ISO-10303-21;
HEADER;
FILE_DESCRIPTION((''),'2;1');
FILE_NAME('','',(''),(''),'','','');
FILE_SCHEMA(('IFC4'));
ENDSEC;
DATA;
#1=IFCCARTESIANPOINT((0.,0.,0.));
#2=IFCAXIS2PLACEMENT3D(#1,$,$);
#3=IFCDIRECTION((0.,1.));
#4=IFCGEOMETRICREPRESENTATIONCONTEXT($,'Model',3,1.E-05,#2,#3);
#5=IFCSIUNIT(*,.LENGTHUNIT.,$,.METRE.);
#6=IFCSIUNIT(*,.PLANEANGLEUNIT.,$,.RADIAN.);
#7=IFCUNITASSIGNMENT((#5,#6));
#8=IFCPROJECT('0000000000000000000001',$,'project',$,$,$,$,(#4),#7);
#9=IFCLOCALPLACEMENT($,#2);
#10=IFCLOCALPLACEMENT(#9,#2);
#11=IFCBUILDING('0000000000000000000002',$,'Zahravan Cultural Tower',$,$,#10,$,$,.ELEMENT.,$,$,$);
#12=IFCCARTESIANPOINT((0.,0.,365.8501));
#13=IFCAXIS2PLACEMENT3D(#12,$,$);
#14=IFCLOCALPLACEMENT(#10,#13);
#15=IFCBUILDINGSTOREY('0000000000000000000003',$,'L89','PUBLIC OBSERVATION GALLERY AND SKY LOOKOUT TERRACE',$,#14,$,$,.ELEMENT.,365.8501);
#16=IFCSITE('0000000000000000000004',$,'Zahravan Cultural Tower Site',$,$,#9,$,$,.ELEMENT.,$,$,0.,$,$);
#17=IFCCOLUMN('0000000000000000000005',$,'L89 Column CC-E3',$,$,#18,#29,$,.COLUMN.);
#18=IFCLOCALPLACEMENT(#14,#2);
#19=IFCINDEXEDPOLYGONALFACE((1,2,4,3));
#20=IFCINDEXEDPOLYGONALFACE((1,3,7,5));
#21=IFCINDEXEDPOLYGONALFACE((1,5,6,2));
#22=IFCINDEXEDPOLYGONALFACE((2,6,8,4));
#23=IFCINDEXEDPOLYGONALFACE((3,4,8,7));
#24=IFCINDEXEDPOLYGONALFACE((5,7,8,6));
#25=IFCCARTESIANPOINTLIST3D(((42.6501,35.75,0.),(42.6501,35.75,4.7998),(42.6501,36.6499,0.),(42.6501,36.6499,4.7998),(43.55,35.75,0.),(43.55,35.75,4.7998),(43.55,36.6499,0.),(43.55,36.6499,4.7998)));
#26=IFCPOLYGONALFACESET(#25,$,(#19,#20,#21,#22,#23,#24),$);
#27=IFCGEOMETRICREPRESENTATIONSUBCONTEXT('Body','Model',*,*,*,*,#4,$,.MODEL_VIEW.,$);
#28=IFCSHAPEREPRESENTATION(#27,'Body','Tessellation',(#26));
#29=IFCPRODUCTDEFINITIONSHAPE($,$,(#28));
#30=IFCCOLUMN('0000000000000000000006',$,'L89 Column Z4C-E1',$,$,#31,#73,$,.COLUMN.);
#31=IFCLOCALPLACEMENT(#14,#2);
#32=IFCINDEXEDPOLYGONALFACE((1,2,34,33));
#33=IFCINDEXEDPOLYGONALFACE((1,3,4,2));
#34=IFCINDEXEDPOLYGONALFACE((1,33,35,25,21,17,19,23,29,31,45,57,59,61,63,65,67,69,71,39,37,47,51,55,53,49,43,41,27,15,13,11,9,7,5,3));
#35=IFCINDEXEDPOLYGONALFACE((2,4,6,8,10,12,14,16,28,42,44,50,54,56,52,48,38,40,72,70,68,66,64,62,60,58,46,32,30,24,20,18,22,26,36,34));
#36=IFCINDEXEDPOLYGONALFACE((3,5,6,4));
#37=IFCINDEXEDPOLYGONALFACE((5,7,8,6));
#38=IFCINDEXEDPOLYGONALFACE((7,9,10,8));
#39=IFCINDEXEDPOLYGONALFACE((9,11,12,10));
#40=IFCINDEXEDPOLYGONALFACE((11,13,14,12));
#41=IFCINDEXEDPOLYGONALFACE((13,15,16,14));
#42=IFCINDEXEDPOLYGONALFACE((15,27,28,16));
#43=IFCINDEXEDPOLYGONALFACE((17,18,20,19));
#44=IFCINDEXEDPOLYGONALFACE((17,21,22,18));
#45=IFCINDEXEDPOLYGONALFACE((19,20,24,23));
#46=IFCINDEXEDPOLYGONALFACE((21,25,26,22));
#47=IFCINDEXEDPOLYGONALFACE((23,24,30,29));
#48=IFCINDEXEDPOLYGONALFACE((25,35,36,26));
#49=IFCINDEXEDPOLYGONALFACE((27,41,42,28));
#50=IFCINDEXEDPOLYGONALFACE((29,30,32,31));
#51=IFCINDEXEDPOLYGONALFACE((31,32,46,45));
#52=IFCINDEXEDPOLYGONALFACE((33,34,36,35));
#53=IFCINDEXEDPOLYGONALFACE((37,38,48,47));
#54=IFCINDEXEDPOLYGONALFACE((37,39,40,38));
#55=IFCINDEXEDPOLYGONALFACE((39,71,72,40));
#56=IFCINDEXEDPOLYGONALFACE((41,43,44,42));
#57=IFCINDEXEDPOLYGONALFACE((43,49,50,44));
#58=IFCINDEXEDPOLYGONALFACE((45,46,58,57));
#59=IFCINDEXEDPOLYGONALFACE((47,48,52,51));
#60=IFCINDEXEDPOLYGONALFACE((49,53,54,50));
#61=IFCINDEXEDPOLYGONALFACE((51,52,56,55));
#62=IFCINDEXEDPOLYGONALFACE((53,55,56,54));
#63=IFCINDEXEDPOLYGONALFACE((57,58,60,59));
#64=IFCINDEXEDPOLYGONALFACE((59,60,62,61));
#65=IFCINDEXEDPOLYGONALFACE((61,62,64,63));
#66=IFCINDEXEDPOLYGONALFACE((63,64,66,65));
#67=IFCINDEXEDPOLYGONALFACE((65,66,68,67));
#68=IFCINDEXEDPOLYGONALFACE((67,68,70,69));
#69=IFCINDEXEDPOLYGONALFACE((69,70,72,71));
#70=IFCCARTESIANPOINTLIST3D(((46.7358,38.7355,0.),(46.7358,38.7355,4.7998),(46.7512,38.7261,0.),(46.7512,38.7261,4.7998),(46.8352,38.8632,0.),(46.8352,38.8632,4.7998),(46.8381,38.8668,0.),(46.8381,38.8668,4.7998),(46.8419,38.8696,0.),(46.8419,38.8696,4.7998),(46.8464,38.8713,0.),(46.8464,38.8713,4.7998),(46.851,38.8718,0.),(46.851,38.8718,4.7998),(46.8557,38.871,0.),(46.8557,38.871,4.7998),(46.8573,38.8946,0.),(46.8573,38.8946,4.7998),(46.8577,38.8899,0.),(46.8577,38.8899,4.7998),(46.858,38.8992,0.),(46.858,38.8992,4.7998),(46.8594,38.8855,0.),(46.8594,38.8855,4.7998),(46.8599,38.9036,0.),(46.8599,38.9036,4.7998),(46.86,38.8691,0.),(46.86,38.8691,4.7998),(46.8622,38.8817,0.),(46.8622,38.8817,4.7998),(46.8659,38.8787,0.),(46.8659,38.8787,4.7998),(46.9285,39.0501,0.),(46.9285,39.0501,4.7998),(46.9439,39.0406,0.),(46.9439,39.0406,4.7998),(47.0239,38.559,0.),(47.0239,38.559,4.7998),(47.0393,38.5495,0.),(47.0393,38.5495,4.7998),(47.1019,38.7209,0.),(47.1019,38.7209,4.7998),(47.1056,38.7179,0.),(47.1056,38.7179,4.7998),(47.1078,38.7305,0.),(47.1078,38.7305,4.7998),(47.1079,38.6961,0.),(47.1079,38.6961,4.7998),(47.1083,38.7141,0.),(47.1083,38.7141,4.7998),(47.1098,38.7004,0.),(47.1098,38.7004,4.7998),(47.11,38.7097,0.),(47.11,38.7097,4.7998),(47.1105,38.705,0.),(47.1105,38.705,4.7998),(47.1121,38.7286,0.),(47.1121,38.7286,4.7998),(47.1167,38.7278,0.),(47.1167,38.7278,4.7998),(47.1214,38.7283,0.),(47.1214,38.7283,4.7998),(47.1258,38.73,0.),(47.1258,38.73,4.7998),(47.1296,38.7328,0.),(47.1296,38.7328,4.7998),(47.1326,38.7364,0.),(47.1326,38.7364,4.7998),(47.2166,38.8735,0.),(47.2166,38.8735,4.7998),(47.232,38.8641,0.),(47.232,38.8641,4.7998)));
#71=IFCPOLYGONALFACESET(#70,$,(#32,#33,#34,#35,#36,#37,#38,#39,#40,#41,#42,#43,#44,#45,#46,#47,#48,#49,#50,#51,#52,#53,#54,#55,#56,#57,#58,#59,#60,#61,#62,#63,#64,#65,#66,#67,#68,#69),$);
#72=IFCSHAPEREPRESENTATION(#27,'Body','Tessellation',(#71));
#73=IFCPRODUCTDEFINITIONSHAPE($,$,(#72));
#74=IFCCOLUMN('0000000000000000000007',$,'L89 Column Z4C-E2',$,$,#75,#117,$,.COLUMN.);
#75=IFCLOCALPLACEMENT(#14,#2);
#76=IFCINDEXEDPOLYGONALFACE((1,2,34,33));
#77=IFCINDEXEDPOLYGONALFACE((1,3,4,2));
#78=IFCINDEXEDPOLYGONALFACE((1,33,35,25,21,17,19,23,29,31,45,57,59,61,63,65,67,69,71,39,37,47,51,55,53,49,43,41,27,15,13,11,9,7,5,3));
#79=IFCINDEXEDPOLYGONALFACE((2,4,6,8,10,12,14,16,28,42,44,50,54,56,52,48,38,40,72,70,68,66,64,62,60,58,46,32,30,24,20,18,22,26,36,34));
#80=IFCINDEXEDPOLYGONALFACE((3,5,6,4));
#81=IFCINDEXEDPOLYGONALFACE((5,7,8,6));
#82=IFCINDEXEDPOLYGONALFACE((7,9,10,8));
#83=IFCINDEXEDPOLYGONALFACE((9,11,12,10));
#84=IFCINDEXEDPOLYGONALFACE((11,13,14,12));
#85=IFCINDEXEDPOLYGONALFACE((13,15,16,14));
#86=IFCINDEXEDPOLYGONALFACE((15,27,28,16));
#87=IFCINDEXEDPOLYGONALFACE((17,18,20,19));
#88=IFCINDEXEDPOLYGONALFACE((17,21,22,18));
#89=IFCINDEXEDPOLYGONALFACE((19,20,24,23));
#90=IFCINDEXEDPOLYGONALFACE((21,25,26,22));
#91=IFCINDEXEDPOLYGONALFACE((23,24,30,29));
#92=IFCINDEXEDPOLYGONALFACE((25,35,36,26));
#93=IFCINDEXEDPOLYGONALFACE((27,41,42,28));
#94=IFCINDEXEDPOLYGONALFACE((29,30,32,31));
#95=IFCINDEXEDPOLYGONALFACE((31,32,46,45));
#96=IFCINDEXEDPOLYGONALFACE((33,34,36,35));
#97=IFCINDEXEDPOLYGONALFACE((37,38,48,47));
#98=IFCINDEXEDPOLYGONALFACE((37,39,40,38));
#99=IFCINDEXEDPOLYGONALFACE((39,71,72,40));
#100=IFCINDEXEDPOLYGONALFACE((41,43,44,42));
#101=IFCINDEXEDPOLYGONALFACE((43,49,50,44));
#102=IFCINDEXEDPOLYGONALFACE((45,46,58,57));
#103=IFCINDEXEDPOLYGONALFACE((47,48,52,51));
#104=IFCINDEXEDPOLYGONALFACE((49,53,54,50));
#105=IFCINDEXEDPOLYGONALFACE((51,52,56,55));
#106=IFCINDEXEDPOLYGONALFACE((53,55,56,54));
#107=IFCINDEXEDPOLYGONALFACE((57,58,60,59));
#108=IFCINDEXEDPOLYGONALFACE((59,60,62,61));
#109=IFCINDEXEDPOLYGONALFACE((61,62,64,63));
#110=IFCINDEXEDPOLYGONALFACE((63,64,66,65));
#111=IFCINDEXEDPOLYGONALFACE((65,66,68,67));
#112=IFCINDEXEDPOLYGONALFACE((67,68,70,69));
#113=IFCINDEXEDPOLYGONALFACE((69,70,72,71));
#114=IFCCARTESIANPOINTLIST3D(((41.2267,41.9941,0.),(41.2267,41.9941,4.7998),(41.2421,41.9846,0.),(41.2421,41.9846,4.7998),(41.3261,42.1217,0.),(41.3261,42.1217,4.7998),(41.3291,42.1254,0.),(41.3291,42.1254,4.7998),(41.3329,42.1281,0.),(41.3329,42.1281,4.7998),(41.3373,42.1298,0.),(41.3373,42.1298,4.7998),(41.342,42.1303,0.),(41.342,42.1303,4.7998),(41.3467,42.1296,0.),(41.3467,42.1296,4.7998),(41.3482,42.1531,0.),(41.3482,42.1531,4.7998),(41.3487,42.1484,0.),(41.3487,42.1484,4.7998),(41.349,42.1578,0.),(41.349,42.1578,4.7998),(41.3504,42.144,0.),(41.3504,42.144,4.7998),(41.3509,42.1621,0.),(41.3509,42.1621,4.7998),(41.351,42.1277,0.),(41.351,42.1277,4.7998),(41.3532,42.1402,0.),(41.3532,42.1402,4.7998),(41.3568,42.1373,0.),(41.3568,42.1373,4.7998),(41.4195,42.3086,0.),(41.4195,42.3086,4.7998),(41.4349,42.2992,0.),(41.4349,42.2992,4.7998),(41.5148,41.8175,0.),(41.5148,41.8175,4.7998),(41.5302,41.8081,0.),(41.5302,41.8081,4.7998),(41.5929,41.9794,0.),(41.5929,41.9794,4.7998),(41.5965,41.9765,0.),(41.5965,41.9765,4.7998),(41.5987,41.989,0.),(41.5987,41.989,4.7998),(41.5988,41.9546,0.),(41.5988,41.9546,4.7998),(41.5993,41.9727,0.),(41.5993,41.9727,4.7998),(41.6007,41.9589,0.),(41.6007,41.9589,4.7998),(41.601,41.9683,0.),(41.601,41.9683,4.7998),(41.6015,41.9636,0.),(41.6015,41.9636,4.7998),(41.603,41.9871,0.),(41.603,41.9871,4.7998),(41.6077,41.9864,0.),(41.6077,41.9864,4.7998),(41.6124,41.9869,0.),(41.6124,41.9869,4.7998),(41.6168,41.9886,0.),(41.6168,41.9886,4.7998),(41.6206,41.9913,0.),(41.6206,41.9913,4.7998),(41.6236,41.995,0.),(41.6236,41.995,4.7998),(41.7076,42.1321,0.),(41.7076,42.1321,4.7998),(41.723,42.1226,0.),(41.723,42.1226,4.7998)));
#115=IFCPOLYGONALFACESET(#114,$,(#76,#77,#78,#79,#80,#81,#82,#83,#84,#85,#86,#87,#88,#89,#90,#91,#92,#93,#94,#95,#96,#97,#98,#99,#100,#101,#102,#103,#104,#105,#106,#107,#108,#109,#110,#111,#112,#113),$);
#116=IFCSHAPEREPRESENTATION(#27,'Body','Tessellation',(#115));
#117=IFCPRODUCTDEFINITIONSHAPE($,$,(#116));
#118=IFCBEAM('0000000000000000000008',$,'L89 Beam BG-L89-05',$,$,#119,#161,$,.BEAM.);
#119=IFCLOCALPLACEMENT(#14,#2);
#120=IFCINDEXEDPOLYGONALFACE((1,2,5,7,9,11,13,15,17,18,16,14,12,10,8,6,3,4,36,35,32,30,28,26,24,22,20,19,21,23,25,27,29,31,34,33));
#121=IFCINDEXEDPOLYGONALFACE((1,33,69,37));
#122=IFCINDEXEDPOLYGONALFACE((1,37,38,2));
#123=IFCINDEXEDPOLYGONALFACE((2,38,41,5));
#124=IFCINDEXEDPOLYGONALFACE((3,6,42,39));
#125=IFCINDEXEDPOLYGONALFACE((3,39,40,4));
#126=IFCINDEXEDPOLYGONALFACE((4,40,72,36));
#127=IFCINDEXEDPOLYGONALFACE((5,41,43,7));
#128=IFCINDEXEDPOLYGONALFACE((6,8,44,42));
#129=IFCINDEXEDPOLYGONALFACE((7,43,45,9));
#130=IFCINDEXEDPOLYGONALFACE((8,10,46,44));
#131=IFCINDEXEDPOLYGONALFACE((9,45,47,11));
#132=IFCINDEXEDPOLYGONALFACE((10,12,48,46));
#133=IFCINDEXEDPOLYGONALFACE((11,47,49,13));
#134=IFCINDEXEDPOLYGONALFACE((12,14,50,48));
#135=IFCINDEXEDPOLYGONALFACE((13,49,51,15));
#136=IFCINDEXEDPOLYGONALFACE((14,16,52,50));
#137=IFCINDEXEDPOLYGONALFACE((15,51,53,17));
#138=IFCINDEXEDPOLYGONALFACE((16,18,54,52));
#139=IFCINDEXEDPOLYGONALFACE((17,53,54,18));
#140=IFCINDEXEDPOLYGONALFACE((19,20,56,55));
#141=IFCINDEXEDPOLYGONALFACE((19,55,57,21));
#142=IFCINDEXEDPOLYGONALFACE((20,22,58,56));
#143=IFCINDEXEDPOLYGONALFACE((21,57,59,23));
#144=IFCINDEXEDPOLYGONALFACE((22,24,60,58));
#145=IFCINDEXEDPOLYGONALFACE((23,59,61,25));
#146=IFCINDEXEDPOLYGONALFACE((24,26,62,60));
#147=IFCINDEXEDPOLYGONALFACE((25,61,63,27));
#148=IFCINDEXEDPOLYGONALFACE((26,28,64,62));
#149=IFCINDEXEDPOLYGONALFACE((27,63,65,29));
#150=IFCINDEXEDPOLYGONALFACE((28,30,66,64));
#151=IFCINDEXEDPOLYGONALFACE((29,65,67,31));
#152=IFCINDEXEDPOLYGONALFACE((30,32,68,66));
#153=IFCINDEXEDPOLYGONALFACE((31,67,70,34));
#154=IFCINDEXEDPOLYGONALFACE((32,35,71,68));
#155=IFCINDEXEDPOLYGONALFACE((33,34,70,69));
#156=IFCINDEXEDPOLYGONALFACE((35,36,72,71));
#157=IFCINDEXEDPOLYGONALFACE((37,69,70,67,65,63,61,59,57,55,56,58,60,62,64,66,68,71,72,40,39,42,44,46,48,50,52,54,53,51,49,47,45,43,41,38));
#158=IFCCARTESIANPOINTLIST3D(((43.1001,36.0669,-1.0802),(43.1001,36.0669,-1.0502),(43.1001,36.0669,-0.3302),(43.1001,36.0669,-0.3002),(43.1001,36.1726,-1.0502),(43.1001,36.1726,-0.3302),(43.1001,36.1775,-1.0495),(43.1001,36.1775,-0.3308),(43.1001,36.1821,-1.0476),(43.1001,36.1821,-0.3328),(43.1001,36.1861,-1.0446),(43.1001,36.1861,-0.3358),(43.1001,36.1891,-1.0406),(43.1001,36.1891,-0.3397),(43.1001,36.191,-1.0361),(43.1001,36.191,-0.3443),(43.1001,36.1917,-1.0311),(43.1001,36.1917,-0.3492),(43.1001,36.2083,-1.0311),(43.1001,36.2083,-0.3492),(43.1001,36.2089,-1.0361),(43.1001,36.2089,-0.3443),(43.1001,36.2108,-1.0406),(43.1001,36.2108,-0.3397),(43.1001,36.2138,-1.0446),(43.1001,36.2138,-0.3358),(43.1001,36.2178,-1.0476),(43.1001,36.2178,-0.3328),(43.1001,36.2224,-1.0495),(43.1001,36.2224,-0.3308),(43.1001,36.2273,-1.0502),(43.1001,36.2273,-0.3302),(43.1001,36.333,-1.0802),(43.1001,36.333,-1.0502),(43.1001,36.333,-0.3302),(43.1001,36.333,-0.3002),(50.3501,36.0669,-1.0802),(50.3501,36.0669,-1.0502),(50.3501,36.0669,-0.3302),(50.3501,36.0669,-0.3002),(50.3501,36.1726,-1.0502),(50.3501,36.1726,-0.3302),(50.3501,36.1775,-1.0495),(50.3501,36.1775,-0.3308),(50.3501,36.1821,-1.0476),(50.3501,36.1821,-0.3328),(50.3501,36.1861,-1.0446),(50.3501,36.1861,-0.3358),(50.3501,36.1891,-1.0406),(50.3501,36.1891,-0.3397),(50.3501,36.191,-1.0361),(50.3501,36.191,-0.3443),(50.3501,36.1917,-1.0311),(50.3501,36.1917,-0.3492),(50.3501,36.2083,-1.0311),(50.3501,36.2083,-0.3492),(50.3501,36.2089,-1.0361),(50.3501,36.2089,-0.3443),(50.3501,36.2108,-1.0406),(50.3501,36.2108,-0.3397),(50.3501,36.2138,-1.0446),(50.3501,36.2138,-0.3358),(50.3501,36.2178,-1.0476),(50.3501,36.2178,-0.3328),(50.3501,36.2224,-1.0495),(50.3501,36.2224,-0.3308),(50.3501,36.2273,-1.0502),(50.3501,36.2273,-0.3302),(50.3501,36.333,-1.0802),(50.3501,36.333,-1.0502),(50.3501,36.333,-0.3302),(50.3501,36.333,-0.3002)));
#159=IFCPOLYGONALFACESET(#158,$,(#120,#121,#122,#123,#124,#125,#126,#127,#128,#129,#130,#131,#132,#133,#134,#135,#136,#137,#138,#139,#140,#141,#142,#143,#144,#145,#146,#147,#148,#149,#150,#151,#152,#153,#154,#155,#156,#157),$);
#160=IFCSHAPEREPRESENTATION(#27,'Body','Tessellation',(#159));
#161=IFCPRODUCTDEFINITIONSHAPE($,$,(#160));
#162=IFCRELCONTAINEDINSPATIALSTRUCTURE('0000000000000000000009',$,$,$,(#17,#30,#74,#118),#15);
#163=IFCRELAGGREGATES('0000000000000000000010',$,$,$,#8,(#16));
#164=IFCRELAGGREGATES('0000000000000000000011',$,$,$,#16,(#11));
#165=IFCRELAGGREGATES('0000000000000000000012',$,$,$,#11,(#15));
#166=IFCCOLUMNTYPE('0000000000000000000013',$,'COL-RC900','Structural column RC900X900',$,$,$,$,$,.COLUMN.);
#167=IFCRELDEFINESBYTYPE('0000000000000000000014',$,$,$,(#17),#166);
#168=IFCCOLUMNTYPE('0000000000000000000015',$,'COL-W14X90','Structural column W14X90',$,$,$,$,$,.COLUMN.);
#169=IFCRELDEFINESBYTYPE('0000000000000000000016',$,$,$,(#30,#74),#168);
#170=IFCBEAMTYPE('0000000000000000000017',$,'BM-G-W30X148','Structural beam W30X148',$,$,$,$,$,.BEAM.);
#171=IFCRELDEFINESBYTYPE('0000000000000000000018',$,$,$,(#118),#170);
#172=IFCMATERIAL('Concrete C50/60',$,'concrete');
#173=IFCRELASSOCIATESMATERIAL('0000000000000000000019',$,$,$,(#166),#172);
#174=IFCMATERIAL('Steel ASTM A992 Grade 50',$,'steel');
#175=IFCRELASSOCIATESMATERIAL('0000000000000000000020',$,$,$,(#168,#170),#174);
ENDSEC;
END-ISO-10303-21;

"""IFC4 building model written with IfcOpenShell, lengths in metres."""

from ifc_helpers import new_model, si_unit, direction, frame, origin, origin_2d, place, context, subcontext, project, spatial, rectangle, i_section, extrude, source, transform, mapped, material, material_profile, profile_set, type_object, element, save


model = new_model("IFC4")

# Units and contexts
model_context = context("Model", 3, precision=1e-05, world=origin(), true_north=direction((0.0, 1.0)))
body_context = subcontext(model_context, "Body", "Model", "MODEL_VIEW")
ifc_project = project(units=[si_unit("LENGTHUNIT", "METRE"), si_unit("PLANEANGLEUNIT", "RADIAN")], contexts=[model_context])

# Site, building, storey
site_placement = place(None, origin())
site = spatial("IfcSite", under=ifc_project, at=site_placement, Name="Zahravan Cultural Tower Site", CompositionType="ELEMENT", RefElevation=0.0)
building_placement = place(site_placement, origin())
building = spatial("IfcBuilding", under=site, at=building_placement, Name="Zahravan Cultural Tower", CompositionType="ELEMENT")
storey_placement = place(building_placement, frame((0.0, 0.0, 365.8501)))
storey = spatial("IfcBuildingStorey", under=building, at=storey_placement, Name="L89", Description="PUBLIC OBSERVATION GALLERY AND SKY LOOKOUT TERRACE", CompositionType="ELEMENT", Elevation=365.8501)

# Columns
ifc_material_1 = material(Name="Concrete C50/60", Category="concrete")
ifc_material_profile_1 = material_profile(ifc_material_1, rectangle(XDim=0.8999, YDim=0.8999, at=origin_2d()), Name="RC900X900")
ifc_profile_set_1 = profile_set([ifc_material_profile_1], Name="Concrete C50/60")
column_type_1 = type_object("IfcColumnType", Name="COL-RC900", Description="Structural column RC900X900", PredefinedType="COLUMN", material=ifc_profile_set_1)
shared_shape_1 = source(origin(), body_context, "Body", "SweptSolid", [
    extrude(rectangle(XDim=0.8999, YDim=0.8999, at=origin_2d()), origin(), (0.0, 0.0, 1.0), 4.7998),
])
column_placement = place(storey_placement, frame((43.1001, 36.2, 0.0), z_axis=(0.0, 0.0, 1.0), x_axis=(1.0, 0.0, 0.0)))
element("IfcColumn", 1, at=column_placement, inside=storey, type_object=column_type_1, Name="L89 Column CC-E3", PredefinedType="COLUMN", context=body_context, shape_type="MappedRepresentation", body=[
    mapped(shared_shape_1, transform((0.0, 0.0, 0.0), x_axis=(1.0, 0.0, 0.0), y_axis=(0.0, 1.0, 0.0), z_axis=(0.0, 0.0, 1.0), scale=1.0)),
])
ifc_material_2 = material(Name="Steel ASTM A992 Grade 50", Category="steel")
ifc_material_profile_2 = material_profile(ifc_material_2, i_section(OverallWidth=0.3689, OverallDepth=0.356, WebThickness=0.0112, FlangeThickness=0.0181, FilletRadius=0.0181, at=origin_2d()), Name="W14X90")
ifc_profile_set_2 = profile_set([ifc_material_profile_2], Name="Steel ASTM A992 Grade 50")
column_type_2 = type_object("IfcColumnType", Name="COL-W14X90", Description="Structural column W14X90", PredefinedType="COLUMN", material=ifc_profile_set_2)
shared_shape_2 = source(origin(), body_context, "Body", "SweptSolid", [
    extrude(i_section(OverallWidth=0.3689, OverallDepth=0.356, WebThickness=0.0112, FlangeThickness=0.0181, FilletRadius=0.0181, at=origin_2d()), origin(), (0.0, 0.0, 1.0), 4.7998),
])
for number, where, z_axis, x_axis, name in (
    (2, (46.9839, 38.7998, 0.0), (0.0, 0.0, 1.0), (0.522499, 0.85264, 0.0), "L89 Column Z4C-E1"),
    (3, (41.4749, 42.0583, 0.0), (0.0, 0.0, 1.0), (0.522499, 0.85264, 0.0), "L89 Column Z4C-E2"),
):
    element("IfcColumn", number, at=place(storey_placement, frame(where, z_axis=z_axis, x_axis=x_axis)), inside=storey, type_object=column_type_2, Name=name, PredefinedType="COLUMN", context=body_context, shape_type="MappedRepresentation", body=[
        mapped(shared_shape_2, transform((0.0, 0.0, 0.0), x_axis=(1.0, 0.0, 0.0), y_axis=(0.0, 1.0, 0.0), z_axis=(0.0, 0.0, 1.0), scale=1.0)),
    ])

# Beam
ifc_material_profile_3 = material_profile(ifc_material_2, i_section(OverallWidth=0.2661, OverallDepth=0.78, WebThickness=0.0166, FlangeThickness=0.03, FilletRadius=0.019, at=origin_2d()), Name="W30X148")
ifc_profile_set_3 = profile_set([ifc_material_profile_3], Name="Steel ASTM A992 Grade 50")
beam_type_1 = type_object("IfcBeamType", Name="BM-G-W30X148", Description="Structural beam W30X148", PredefinedType="BEAM", material=ifc_profile_set_3)
shared_shape_3 = source(origin(), body_context, "Body", "SweptSolid", [
    extrude(i_section(OverallWidth=0.2661, OverallDepth=0.78, WebThickness=0.0166, FlangeThickness=0.03, FilletRadius=0.019, at=origin_2d()), origin(), (0.0, 0.0, 1.0), 7.25),
])
beam_1_placement = place(storey_placement, frame((43.1001, 36.2, -0.6902), z_axis=(1.0, 0.0, 0.0), x_axis=(0.0, 1.0, 0.0)))
element("IfcBeam", 4, at=beam_1_placement, inside=storey, type_object=beam_type_1, Name="L89 Beam BG-L89-05", PredefinedType="BEAM", context=body_context, shape_type="MappedRepresentation", body=[
    mapped(shared_shape_3, transform((0.0, 0.0, 0.0), x_axis=(1.0, 0.0, 0.0), y_axis=(0.0, 1.0, 0.0), z_axis=(0.0, 0.0, 1.0), scale=1.0)),
])

save(model, "model.ifc")
